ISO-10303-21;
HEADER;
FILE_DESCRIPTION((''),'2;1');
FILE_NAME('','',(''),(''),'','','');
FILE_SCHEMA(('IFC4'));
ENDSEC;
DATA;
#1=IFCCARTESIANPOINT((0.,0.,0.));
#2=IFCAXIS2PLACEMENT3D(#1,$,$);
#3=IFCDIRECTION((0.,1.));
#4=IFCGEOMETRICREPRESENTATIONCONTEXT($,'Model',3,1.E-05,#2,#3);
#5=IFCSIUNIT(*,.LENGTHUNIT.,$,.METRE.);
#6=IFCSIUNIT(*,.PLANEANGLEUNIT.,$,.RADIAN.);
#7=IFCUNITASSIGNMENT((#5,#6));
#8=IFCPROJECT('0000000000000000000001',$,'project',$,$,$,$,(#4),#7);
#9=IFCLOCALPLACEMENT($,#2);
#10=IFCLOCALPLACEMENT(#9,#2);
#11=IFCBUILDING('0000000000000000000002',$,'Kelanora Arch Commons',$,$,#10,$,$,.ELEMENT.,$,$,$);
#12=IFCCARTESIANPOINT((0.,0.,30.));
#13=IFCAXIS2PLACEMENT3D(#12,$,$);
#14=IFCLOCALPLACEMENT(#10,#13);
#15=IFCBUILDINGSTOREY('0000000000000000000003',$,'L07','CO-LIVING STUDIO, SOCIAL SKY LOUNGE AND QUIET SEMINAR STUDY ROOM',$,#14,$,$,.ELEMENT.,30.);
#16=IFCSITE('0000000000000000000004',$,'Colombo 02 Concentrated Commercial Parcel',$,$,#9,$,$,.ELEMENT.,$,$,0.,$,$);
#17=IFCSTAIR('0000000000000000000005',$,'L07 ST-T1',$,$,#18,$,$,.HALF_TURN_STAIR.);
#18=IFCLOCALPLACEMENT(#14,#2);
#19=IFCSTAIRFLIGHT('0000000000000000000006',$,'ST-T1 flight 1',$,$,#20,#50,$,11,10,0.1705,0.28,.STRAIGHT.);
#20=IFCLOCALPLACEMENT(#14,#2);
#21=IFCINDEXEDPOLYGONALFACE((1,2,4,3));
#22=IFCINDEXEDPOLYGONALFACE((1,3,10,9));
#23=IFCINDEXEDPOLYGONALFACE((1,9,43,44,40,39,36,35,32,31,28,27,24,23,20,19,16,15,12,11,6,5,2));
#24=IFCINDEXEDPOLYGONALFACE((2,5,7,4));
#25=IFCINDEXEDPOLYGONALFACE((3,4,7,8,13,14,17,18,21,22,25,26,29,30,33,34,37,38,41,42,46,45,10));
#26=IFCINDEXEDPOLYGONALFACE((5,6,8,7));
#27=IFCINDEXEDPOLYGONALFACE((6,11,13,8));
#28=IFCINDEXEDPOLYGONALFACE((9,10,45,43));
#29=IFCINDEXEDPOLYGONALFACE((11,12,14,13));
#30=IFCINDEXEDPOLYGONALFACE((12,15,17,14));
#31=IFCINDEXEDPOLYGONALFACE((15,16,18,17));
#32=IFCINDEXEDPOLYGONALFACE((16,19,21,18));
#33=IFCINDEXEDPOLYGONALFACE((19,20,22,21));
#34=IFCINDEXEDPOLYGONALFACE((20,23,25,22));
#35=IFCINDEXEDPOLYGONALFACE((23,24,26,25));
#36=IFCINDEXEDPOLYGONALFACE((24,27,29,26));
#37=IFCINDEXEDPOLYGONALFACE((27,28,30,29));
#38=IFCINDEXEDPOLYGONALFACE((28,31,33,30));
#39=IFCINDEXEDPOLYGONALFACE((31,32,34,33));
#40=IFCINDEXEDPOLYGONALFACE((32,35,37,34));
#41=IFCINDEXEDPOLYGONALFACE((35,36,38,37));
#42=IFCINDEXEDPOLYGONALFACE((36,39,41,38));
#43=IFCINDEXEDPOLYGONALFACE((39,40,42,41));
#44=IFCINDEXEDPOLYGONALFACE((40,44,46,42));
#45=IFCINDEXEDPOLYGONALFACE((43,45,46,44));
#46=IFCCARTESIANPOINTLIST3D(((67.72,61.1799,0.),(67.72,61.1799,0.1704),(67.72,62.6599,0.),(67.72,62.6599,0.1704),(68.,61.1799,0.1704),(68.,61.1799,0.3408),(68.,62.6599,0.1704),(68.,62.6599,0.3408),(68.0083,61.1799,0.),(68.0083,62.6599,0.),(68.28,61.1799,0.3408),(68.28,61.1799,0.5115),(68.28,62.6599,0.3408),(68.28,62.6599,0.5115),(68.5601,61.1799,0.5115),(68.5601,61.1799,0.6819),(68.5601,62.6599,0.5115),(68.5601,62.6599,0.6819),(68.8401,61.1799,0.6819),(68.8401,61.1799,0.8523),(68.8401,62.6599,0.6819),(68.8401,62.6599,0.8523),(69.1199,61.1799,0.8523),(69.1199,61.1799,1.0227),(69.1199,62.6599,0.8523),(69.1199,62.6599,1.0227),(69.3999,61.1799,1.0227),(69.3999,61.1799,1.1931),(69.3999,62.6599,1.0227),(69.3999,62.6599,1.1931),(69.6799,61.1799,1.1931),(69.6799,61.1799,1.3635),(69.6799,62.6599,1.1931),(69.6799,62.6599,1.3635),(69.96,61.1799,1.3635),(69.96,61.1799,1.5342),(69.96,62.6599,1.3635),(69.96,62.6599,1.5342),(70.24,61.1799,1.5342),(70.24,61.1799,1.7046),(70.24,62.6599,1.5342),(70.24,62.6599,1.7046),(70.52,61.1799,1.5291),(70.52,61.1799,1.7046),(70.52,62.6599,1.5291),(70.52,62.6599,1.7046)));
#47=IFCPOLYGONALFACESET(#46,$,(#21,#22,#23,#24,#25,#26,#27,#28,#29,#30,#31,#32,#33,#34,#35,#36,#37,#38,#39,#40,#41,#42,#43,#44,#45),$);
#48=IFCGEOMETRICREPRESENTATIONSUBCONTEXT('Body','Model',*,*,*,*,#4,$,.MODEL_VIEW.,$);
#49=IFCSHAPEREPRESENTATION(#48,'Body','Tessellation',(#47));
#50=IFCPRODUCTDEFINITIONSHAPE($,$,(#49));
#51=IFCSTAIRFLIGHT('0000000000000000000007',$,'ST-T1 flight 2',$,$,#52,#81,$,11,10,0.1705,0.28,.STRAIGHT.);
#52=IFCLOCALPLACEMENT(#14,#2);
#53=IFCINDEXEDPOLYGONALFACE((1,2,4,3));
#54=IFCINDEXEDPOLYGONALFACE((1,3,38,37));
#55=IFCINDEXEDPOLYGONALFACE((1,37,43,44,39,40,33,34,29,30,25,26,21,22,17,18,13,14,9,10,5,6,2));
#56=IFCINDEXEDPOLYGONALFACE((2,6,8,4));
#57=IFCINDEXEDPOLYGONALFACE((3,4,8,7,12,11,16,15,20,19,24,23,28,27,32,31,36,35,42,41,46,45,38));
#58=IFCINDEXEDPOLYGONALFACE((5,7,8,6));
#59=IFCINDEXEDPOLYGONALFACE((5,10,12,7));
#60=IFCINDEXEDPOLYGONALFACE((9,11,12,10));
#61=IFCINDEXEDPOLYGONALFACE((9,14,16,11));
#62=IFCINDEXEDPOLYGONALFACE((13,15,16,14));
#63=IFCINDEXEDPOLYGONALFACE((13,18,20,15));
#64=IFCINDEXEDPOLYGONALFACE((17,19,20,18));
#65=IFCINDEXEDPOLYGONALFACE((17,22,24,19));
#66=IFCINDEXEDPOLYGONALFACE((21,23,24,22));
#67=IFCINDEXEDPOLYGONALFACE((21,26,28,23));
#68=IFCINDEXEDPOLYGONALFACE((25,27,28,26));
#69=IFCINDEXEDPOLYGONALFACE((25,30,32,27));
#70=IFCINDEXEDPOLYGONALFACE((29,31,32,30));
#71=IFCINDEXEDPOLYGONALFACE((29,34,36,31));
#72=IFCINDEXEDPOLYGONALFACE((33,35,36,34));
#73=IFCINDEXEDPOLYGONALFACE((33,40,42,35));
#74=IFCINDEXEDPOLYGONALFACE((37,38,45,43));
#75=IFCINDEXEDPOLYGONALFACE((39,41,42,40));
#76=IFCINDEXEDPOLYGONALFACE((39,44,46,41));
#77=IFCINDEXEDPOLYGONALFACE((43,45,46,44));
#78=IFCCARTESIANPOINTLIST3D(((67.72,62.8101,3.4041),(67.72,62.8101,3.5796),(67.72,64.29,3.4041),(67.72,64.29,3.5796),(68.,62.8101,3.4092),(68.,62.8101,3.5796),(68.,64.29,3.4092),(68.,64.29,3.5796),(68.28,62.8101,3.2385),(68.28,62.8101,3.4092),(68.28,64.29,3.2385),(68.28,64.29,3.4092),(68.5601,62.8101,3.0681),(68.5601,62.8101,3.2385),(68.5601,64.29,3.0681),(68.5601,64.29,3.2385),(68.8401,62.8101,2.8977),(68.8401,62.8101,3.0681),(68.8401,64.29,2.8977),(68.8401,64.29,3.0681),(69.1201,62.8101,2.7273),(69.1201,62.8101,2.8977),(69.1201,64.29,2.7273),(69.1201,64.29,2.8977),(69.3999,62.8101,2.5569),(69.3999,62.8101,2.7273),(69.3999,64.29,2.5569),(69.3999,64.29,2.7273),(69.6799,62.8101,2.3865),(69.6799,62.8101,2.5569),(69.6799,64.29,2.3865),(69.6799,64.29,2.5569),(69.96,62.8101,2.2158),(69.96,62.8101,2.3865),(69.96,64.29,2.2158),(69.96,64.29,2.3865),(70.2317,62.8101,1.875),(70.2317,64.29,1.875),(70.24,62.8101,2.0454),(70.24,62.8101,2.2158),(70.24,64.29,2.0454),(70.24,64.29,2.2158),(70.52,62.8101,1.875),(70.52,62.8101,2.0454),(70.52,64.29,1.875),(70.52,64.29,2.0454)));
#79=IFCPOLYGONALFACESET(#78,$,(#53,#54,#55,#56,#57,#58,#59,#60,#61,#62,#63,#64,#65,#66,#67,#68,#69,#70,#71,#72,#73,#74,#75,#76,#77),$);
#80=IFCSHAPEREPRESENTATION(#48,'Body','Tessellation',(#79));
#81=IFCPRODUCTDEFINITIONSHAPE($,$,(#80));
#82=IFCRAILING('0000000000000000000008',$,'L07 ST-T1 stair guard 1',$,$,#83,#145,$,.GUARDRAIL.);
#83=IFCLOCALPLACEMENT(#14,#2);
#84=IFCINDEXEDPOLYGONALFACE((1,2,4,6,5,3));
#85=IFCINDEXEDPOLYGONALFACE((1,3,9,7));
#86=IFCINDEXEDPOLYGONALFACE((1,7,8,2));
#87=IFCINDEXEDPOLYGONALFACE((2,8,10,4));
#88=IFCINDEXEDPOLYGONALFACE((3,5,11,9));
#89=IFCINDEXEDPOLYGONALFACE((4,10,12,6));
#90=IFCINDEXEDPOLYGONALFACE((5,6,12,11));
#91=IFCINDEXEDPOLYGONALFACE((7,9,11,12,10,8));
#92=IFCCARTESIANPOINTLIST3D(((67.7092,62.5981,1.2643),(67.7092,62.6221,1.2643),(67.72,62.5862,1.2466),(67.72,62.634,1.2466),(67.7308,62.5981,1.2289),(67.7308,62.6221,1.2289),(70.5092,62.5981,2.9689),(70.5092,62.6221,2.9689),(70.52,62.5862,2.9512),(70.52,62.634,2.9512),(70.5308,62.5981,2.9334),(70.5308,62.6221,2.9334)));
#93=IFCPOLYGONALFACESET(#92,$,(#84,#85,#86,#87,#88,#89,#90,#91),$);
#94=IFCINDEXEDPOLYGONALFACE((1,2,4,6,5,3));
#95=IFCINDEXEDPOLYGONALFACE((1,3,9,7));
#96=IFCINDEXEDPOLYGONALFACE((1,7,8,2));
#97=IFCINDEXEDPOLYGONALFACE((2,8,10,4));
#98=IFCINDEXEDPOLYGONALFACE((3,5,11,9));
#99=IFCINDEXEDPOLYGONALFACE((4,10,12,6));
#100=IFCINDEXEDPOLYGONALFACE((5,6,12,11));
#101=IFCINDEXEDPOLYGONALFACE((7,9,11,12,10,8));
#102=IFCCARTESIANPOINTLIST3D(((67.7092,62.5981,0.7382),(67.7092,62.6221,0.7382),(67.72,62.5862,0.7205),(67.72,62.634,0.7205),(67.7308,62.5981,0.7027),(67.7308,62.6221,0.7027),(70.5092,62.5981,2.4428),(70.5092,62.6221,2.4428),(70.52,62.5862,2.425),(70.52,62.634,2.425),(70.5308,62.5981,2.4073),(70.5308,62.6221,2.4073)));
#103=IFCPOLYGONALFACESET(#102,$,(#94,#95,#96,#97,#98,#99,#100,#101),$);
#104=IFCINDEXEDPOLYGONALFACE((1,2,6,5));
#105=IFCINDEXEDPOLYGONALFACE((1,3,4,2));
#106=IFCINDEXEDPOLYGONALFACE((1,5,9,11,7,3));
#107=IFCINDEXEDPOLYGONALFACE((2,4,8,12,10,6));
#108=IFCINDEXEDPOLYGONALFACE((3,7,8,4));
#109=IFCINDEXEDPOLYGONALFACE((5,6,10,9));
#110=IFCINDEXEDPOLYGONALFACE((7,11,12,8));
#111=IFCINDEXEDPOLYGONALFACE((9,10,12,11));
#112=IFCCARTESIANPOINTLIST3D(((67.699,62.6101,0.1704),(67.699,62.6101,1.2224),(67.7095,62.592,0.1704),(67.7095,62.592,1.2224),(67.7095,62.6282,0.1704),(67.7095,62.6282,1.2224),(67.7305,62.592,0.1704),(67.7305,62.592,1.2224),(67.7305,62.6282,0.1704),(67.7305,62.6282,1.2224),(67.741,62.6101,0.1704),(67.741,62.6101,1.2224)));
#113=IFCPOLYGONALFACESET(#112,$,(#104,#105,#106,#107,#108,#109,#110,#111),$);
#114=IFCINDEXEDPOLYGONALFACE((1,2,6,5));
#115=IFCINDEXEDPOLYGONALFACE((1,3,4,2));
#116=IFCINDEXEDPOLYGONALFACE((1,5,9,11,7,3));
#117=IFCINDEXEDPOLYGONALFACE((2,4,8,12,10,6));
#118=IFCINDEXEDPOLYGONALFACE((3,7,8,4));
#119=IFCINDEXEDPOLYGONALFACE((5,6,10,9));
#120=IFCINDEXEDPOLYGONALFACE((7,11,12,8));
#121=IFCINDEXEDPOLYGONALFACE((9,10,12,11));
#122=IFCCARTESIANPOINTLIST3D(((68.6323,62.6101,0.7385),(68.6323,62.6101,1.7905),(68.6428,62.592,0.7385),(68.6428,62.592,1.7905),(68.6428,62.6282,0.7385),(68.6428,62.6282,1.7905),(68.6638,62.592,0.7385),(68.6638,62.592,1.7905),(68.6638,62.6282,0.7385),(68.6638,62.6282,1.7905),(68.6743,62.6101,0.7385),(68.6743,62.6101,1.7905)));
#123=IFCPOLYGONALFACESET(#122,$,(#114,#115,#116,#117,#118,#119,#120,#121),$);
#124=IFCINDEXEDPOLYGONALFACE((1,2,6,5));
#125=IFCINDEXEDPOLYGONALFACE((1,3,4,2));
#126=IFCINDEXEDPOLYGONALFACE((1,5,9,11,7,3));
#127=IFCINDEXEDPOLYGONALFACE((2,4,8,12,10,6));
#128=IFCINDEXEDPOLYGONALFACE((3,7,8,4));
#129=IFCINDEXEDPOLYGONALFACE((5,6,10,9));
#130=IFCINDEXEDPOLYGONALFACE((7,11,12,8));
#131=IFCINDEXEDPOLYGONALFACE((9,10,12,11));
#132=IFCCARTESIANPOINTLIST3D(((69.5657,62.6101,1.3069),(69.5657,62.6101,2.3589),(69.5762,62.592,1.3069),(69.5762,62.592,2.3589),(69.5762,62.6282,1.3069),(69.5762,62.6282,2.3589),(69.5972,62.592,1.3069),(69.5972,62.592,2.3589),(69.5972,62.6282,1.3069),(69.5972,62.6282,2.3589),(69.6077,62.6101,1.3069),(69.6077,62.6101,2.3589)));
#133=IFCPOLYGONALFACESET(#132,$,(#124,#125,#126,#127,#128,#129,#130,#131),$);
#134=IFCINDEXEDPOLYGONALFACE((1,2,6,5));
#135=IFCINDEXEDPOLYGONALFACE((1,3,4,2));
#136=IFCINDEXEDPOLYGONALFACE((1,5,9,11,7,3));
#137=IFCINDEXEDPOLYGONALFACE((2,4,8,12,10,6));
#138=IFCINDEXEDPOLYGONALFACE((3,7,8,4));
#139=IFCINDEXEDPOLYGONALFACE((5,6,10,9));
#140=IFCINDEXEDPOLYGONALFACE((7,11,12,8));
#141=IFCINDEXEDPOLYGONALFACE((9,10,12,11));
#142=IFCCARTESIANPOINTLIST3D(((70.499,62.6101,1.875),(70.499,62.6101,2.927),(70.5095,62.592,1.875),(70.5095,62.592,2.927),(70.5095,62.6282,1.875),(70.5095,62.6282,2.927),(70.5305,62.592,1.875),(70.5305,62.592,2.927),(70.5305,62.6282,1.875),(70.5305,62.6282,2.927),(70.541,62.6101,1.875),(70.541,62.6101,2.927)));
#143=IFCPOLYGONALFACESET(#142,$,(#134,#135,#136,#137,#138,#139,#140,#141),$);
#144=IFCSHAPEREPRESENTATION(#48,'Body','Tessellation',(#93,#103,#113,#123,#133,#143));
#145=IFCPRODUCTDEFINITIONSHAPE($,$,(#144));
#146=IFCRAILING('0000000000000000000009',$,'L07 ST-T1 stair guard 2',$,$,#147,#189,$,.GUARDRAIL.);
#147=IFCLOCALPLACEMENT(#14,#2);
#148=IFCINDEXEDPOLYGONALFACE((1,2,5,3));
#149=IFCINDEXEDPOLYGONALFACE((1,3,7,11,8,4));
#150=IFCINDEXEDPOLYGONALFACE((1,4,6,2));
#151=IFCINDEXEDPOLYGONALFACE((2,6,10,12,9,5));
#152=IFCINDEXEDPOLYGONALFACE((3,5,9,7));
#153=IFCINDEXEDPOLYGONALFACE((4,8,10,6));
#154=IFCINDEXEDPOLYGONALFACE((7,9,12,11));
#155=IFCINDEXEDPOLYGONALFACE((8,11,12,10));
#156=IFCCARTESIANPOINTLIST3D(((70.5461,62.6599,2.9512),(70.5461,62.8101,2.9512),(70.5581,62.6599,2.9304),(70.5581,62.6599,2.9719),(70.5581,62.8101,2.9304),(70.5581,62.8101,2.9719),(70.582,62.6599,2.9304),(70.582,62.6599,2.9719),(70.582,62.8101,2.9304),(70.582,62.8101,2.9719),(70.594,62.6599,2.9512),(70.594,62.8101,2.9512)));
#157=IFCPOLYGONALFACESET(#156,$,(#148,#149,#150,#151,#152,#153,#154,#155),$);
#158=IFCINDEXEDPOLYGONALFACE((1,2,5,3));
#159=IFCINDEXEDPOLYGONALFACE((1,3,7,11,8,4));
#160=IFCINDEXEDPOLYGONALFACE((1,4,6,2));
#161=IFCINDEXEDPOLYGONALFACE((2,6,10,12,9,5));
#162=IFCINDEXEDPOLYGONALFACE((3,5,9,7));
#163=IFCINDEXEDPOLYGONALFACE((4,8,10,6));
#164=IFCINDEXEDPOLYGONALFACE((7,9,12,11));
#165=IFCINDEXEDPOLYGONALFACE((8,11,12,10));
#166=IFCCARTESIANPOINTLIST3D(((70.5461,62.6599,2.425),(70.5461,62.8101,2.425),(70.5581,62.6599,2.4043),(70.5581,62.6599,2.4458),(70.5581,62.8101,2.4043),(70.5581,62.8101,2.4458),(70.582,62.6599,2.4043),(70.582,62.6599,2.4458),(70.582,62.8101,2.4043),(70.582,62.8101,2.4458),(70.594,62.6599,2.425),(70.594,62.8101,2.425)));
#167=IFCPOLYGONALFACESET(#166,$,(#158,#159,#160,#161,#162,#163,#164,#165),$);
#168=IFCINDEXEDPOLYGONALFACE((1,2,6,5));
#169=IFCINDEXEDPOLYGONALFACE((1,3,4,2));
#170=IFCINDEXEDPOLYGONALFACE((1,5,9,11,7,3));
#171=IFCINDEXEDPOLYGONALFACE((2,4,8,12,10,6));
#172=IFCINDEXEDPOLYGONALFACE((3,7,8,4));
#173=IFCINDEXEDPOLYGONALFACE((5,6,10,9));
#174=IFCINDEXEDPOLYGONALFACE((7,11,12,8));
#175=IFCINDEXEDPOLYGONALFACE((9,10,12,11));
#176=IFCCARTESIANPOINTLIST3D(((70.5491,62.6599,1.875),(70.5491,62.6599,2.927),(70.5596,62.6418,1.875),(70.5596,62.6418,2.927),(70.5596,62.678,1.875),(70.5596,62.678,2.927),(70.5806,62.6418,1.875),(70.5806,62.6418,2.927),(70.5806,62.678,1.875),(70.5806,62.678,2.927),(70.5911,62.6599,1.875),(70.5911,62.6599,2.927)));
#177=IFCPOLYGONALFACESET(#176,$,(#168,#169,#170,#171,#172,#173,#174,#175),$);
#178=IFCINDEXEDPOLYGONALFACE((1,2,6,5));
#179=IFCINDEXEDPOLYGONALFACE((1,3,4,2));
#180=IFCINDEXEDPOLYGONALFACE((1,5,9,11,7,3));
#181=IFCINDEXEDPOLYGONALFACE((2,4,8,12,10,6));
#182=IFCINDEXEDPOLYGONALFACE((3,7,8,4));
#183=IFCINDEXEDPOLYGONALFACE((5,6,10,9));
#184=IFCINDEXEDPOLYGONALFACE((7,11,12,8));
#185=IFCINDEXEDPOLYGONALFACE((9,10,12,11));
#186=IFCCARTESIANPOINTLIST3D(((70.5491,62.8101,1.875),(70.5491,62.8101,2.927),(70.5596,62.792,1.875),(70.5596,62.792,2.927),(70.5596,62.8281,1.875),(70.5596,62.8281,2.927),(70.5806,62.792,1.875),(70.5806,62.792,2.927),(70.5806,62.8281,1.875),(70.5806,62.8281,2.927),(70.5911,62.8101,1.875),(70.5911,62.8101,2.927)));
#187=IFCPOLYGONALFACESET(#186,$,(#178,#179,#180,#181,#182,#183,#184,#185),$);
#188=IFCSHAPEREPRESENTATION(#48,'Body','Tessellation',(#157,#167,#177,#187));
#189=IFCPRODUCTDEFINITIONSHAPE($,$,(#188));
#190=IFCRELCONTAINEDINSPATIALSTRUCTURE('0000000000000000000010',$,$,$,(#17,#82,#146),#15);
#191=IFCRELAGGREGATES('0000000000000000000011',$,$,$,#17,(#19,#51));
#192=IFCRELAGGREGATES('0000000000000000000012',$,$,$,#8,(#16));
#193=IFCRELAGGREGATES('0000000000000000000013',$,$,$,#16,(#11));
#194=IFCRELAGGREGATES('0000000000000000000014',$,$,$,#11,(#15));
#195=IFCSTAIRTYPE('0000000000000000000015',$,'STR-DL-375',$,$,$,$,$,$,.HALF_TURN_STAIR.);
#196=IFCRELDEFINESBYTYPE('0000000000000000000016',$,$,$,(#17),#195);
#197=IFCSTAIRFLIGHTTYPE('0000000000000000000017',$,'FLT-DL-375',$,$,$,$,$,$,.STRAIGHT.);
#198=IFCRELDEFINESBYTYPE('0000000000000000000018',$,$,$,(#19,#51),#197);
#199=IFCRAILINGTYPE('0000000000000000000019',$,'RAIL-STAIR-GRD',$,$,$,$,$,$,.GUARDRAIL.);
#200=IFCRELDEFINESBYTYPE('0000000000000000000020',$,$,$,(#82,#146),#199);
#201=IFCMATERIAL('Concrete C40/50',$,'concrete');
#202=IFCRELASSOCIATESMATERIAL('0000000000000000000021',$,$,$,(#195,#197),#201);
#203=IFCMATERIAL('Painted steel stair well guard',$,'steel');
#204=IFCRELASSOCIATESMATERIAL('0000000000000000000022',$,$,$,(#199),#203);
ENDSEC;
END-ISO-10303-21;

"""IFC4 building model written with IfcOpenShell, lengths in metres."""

from ifc_helpers import new_model, si_unit, direction, frame, origin, place, context, subcontext, project, spatial, polyline, outline, extrude, material, type_object, element, aggregate, save


model = new_model("IFC4")

# Units and contexts
model_context = context("Model", 3, precision=1e-05, world=origin(), true_north=direction((0.0, 1.0)))
body_context = subcontext(model_context, "Body", "Model", "MODEL_VIEW")
ifc_project = project(units=[si_unit("LENGTHUNIT", "METRE"), si_unit("PLANEANGLEUNIT", "RADIAN")], contexts=[model_context])

# Site, building, storey
site_placement = place(None, origin())
site = spatial("IfcSite", under=ifc_project, at=site_placement, Name="Colombo 02 Concentrated Commercial Parcel", CompositionType="ELEMENT", RefElevation=0.0)
building_placement = place(site_placement, origin())
building = spatial("IfcBuilding", under=site, at=building_placement, Name="Kelanora Arch Commons", CompositionType="ELEMENT")
storey_placement = place(building_placement, frame((0.0, 0.0, 30.0)))
storey = spatial("IfcBuildingStorey", under=building, at=storey_placement, Name="L07", Description="CO-LIVING STUDIO, SOCIAL SKY LOUNGE AND QUIET SEMINAR STUDY ROOM", CompositionType="ELEMENT", Elevation=30.0)

# Shared definitions
ifc_material_1 = material(Name="Concrete C40/50", Category="concrete")

# Stair, stair flights
stair_type = type_object("IfcStairType", Name="STR-DL-375", PredefinedType="HALF_TURN_STAIR", material=ifc_material_1)
stair_placement = place(storey_placement, origin())
stair = element("IfcStair", 1, at=stair_placement, inside=storey, type_object=stair_type, Name="L07 ST-T1", PredefinedType="HALF_TURN_STAIR")
stair_flight_type = type_object("IfcStairFlightType", Name="FLT-DL-375", PredefinedType="STRAIGHT", material=ifc_material_1)
stair_flight_1_placement = place(storey_placement, frame((67.72, 61.9199, 0.0), z_axis=(0.0, 0.0, 1.0), x_axis=(1.0, 0.0, 0.0)))
stair_flight_1 = element("IfcStairFlight", 2, at=stair_flight_1_placement, type_object=stair_flight_type, Name="ST-T1 flight 1", NumberOfRisers=11, NumberOfTreads=10, PredefinedType="STRAIGHT", RiserHeight=0.1705, TreadLength=0.28, context=body_context, shape_type="SweptSolid", body=[
    extrude(outline(polyline([(0.0, 0.0), (0.0, 0.1704), (0.28, 0.1704), (0.28, 0.3408), (0.5601, 0.3408), (0.5601, 0.5115), (0.8401, 0.5115), (0.8401, 0.6819), (1.1201, 0.6819), (1.1201, 0.8523), (1.3999, 0.8523), (1.3999, 1.0227), (1.6799, 1.0227), (1.6799, 1.1931), (1.96, 1.1931), (1.96, 1.3635), (2.24, 1.3635), (2.24, 1.5342), (2.52, 1.5342), (2.52, 1.7046), (2.8, 1.7046), (2.8, 1.875), (2.8, 1.5291), (0.2883, 0.0), (0.0, 0.0)])), frame((0.0, 0.74, 0.0), z_axis=(0.0, -1.0, 0.0), x_axis=(1.0, 0.0, 0.0)), (0.0, 0.0, 1.0), 1.48),
])
stair_flight_2_placement = place(storey_placement, frame((70.52, 63.55, 1.875), z_axis=(0.0, 0.0, 1.0), x_axis=(-1.0, 0.0, 0.0)))
stair_flight_2 = element("IfcStairFlight", 3, at=stair_flight_2_placement, type_object=stair_flight_type, Name="ST-T1 flight 2", NumberOfRisers=11, NumberOfTreads=10, PredefinedType="STRAIGHT", RiserHeight=0.1705, TreadLength=0.28, context=body_context, shape_type="SweptSolid", body=[
    extrude(outline(polyline([(0.0, 0.0), (0.0, 0.1704), (0.28, 0.1704), (0.28, 0.3408), (0.5601, 0.3408), (0.5601, 0.5115), (0.8401, 0.5115), (0.8401, 0.6819), (1.1201, 0.6819), (1.1201, 0.8523), (1.3999, 0.8523), (1.3999, 1.0227), (1.6799, 1.0227), (1.6799, 1.1931), (1.96, 1.1931), (1.96, 1.3635), (2.24, 1.3635), (2.24, 1.5342), (2.52, 1.5342), (2.52, 1.7046), (2.8, 1.7046), (2.8, 1.875), (2.8, 1.5291), (0.2883, 0.0), (0.0, 0.0)])), frame((0.0, 0.74, 0.0), z_axis=(0.0, -1.0, 0.0), x_axis=(1.0, 0.0, 0.0)), (0.0, 0.0, 1.0), 1.48),
])
aggregate(stair, [stair_flight_1, stair_flight_2])

# Railings
ifc_material_2 = material(Name="Painted steel stair well guard", Category="steel")
railing_type_1 = type_object("IfcRailingType", Name="RAIL-STAIR-GRD", PredefinedType="GUARDRAIL", material=ifc_material_2)
railing_1_placement = place(storey_placement, frame((67.72, 62.6101, 0.1704)))
element("IfcRailing", 4, at=railing_1_placement, inside=storey, type_object=railing_type_1, Name="L07 ST-T1 stair guard 1", PredefinedType="GUARDRAIL", context=body_context, shape_type="SweptSolid", body=[
    extrude(outline(polyline([(0.0239, 0.0), (0.012, 0.0208), (-0.012, 0.0208), (-0.0239, 0.0), (-0.012, -0.0208), (0.012, -0.0208), (0.0239, 0.0)])), frame((0.0, 0.0, 1.0762), z_axis=(0.85417, 0.0, 0.519994), x_axis=(0.0, 1.0, 0.0)), (0.0, 0.0, 1.0), 3.2781),
    extrude(outline(polyline([(0.0239, 0.0), (0.012, 0.0208), (-0.012, 0.0208), (-0.0239, 0.0), (-0.012, -0.0208), (0.012, -0.0208), (0.0239, 0.0)])), frame((0.0, 0.0, 0.55), z_axis=(0.85417, 0.0, 0.519994), x_axis=(0.0, 1.0, 0.0)), (0.0, 0.0, 1.0), 3.2781),
    extrude(outline(polyline([(0.021, 0.0), (0.0105, 0.0181), (-0.0105, 0.0181), (-0.021, 0.0), (-0.0105, -0.0181), (0.0105, -0.0181), (0.021, 0.0)])), origin(), (0.0, 0.0, 1.0), 1.052),
    extrude(outline(polyline([(0.021, 0.0), (0.0105, 0.0181), (-0.0105, 0.0181), (-0.021, 0.0), (-0.0105, -0.0181), (0.0105, -0.0181), (0.021, 0.0)])), frame((0.9333, 0.0, 0.5681)), (0.0, 0.0, 1.0), 1.052),
    extrude(outline(polyline([(0.021, 0.0), (0.0105, 0.0181), (-0.0105, 0.0181), (-0.021, 0.0), (-0.0105, -0.0181), (0.0105, -0.0181), (0.021, 0.0)])), frame((1.8667, 0.0, 1.1365)), (0.0, 0.0, 1.0), 1.052),
    extrude(outline(polyline([(0.021, 0.0), (0.0105, 0.0181), (-0.0105, 0.0181), (-0.021, 0.0), (-0.0105, -0.0181), (0.0105, -0.0181), (0.021, 0.0)])), frame((2.8, 0.0, 1.7046)), (0.0, 0.0, 1.0), 1.052),
])
railing_2_placement = place(storey_placement, frame((70.5701, 62.6599, 1.875)))
element("IfcRailing", 5, at=railing_2_placement, inside=storey, type_object=railing_type_1, Name="L07 ST-T1 stair guard 2", PredefinedType="GUARDRAIL", context=body_context, shape_type="SweptSolid", body=[
    extrude(outline(polyline([(0.0239, 0.0), (0.012, 0.0208), (-0.012, 0.0208), (-0.0239, 0.0), (-0.012, -0.0208), (0.012, -0.0208), (0.0239, 0.0)])), frame((0.0, 0.0, 1.0762), z_axis=(0.0, 1.0, 0.0), x_axis=(-1.0, 0.0, 0.0)), (0.0, 0.0, 1.0), 0.1501),
    extrude(outline(polyline([(0.0239, 0.0), (0.012, 0.0208), (-0.012, 0.0208), (-0.0239, 0.0), (-0.012, -0.0208), (0.012, -0.0208), (0.0239, 0.0)])), frame((0.0, 0.0, 0.55), z_axis=(0.0, 1.0, 0.0), x_axis=(-1.0, 0.0, 0.0)), (0.0, 0.0, 1.0), 0.1501),
    extrude(outline(polyline([(0.021, 0.0), (0.0105, 0.0181), (-0.0105, 0.0181), (-0.021, 0.0), (-0.0105, -0.0181), (0.0105, -0.0181), (0.021, 0.0)])), origin(), (0.0, 0.0, 1.0), 1.052),
    extrude(outline(polyline([(0.021, 0.0), (0.0105, 0.0181), (-0.0105, 0.0181), (-0.021, 0.0), (-0.0105, -0.0181), (0.0105, -0.0181), (0.021, 0.0)])), frame((0.0, 0.1501, 0.0)), (0.0, 0.0, 1.0), 1.052),
])

save(model, "model.ifc")
